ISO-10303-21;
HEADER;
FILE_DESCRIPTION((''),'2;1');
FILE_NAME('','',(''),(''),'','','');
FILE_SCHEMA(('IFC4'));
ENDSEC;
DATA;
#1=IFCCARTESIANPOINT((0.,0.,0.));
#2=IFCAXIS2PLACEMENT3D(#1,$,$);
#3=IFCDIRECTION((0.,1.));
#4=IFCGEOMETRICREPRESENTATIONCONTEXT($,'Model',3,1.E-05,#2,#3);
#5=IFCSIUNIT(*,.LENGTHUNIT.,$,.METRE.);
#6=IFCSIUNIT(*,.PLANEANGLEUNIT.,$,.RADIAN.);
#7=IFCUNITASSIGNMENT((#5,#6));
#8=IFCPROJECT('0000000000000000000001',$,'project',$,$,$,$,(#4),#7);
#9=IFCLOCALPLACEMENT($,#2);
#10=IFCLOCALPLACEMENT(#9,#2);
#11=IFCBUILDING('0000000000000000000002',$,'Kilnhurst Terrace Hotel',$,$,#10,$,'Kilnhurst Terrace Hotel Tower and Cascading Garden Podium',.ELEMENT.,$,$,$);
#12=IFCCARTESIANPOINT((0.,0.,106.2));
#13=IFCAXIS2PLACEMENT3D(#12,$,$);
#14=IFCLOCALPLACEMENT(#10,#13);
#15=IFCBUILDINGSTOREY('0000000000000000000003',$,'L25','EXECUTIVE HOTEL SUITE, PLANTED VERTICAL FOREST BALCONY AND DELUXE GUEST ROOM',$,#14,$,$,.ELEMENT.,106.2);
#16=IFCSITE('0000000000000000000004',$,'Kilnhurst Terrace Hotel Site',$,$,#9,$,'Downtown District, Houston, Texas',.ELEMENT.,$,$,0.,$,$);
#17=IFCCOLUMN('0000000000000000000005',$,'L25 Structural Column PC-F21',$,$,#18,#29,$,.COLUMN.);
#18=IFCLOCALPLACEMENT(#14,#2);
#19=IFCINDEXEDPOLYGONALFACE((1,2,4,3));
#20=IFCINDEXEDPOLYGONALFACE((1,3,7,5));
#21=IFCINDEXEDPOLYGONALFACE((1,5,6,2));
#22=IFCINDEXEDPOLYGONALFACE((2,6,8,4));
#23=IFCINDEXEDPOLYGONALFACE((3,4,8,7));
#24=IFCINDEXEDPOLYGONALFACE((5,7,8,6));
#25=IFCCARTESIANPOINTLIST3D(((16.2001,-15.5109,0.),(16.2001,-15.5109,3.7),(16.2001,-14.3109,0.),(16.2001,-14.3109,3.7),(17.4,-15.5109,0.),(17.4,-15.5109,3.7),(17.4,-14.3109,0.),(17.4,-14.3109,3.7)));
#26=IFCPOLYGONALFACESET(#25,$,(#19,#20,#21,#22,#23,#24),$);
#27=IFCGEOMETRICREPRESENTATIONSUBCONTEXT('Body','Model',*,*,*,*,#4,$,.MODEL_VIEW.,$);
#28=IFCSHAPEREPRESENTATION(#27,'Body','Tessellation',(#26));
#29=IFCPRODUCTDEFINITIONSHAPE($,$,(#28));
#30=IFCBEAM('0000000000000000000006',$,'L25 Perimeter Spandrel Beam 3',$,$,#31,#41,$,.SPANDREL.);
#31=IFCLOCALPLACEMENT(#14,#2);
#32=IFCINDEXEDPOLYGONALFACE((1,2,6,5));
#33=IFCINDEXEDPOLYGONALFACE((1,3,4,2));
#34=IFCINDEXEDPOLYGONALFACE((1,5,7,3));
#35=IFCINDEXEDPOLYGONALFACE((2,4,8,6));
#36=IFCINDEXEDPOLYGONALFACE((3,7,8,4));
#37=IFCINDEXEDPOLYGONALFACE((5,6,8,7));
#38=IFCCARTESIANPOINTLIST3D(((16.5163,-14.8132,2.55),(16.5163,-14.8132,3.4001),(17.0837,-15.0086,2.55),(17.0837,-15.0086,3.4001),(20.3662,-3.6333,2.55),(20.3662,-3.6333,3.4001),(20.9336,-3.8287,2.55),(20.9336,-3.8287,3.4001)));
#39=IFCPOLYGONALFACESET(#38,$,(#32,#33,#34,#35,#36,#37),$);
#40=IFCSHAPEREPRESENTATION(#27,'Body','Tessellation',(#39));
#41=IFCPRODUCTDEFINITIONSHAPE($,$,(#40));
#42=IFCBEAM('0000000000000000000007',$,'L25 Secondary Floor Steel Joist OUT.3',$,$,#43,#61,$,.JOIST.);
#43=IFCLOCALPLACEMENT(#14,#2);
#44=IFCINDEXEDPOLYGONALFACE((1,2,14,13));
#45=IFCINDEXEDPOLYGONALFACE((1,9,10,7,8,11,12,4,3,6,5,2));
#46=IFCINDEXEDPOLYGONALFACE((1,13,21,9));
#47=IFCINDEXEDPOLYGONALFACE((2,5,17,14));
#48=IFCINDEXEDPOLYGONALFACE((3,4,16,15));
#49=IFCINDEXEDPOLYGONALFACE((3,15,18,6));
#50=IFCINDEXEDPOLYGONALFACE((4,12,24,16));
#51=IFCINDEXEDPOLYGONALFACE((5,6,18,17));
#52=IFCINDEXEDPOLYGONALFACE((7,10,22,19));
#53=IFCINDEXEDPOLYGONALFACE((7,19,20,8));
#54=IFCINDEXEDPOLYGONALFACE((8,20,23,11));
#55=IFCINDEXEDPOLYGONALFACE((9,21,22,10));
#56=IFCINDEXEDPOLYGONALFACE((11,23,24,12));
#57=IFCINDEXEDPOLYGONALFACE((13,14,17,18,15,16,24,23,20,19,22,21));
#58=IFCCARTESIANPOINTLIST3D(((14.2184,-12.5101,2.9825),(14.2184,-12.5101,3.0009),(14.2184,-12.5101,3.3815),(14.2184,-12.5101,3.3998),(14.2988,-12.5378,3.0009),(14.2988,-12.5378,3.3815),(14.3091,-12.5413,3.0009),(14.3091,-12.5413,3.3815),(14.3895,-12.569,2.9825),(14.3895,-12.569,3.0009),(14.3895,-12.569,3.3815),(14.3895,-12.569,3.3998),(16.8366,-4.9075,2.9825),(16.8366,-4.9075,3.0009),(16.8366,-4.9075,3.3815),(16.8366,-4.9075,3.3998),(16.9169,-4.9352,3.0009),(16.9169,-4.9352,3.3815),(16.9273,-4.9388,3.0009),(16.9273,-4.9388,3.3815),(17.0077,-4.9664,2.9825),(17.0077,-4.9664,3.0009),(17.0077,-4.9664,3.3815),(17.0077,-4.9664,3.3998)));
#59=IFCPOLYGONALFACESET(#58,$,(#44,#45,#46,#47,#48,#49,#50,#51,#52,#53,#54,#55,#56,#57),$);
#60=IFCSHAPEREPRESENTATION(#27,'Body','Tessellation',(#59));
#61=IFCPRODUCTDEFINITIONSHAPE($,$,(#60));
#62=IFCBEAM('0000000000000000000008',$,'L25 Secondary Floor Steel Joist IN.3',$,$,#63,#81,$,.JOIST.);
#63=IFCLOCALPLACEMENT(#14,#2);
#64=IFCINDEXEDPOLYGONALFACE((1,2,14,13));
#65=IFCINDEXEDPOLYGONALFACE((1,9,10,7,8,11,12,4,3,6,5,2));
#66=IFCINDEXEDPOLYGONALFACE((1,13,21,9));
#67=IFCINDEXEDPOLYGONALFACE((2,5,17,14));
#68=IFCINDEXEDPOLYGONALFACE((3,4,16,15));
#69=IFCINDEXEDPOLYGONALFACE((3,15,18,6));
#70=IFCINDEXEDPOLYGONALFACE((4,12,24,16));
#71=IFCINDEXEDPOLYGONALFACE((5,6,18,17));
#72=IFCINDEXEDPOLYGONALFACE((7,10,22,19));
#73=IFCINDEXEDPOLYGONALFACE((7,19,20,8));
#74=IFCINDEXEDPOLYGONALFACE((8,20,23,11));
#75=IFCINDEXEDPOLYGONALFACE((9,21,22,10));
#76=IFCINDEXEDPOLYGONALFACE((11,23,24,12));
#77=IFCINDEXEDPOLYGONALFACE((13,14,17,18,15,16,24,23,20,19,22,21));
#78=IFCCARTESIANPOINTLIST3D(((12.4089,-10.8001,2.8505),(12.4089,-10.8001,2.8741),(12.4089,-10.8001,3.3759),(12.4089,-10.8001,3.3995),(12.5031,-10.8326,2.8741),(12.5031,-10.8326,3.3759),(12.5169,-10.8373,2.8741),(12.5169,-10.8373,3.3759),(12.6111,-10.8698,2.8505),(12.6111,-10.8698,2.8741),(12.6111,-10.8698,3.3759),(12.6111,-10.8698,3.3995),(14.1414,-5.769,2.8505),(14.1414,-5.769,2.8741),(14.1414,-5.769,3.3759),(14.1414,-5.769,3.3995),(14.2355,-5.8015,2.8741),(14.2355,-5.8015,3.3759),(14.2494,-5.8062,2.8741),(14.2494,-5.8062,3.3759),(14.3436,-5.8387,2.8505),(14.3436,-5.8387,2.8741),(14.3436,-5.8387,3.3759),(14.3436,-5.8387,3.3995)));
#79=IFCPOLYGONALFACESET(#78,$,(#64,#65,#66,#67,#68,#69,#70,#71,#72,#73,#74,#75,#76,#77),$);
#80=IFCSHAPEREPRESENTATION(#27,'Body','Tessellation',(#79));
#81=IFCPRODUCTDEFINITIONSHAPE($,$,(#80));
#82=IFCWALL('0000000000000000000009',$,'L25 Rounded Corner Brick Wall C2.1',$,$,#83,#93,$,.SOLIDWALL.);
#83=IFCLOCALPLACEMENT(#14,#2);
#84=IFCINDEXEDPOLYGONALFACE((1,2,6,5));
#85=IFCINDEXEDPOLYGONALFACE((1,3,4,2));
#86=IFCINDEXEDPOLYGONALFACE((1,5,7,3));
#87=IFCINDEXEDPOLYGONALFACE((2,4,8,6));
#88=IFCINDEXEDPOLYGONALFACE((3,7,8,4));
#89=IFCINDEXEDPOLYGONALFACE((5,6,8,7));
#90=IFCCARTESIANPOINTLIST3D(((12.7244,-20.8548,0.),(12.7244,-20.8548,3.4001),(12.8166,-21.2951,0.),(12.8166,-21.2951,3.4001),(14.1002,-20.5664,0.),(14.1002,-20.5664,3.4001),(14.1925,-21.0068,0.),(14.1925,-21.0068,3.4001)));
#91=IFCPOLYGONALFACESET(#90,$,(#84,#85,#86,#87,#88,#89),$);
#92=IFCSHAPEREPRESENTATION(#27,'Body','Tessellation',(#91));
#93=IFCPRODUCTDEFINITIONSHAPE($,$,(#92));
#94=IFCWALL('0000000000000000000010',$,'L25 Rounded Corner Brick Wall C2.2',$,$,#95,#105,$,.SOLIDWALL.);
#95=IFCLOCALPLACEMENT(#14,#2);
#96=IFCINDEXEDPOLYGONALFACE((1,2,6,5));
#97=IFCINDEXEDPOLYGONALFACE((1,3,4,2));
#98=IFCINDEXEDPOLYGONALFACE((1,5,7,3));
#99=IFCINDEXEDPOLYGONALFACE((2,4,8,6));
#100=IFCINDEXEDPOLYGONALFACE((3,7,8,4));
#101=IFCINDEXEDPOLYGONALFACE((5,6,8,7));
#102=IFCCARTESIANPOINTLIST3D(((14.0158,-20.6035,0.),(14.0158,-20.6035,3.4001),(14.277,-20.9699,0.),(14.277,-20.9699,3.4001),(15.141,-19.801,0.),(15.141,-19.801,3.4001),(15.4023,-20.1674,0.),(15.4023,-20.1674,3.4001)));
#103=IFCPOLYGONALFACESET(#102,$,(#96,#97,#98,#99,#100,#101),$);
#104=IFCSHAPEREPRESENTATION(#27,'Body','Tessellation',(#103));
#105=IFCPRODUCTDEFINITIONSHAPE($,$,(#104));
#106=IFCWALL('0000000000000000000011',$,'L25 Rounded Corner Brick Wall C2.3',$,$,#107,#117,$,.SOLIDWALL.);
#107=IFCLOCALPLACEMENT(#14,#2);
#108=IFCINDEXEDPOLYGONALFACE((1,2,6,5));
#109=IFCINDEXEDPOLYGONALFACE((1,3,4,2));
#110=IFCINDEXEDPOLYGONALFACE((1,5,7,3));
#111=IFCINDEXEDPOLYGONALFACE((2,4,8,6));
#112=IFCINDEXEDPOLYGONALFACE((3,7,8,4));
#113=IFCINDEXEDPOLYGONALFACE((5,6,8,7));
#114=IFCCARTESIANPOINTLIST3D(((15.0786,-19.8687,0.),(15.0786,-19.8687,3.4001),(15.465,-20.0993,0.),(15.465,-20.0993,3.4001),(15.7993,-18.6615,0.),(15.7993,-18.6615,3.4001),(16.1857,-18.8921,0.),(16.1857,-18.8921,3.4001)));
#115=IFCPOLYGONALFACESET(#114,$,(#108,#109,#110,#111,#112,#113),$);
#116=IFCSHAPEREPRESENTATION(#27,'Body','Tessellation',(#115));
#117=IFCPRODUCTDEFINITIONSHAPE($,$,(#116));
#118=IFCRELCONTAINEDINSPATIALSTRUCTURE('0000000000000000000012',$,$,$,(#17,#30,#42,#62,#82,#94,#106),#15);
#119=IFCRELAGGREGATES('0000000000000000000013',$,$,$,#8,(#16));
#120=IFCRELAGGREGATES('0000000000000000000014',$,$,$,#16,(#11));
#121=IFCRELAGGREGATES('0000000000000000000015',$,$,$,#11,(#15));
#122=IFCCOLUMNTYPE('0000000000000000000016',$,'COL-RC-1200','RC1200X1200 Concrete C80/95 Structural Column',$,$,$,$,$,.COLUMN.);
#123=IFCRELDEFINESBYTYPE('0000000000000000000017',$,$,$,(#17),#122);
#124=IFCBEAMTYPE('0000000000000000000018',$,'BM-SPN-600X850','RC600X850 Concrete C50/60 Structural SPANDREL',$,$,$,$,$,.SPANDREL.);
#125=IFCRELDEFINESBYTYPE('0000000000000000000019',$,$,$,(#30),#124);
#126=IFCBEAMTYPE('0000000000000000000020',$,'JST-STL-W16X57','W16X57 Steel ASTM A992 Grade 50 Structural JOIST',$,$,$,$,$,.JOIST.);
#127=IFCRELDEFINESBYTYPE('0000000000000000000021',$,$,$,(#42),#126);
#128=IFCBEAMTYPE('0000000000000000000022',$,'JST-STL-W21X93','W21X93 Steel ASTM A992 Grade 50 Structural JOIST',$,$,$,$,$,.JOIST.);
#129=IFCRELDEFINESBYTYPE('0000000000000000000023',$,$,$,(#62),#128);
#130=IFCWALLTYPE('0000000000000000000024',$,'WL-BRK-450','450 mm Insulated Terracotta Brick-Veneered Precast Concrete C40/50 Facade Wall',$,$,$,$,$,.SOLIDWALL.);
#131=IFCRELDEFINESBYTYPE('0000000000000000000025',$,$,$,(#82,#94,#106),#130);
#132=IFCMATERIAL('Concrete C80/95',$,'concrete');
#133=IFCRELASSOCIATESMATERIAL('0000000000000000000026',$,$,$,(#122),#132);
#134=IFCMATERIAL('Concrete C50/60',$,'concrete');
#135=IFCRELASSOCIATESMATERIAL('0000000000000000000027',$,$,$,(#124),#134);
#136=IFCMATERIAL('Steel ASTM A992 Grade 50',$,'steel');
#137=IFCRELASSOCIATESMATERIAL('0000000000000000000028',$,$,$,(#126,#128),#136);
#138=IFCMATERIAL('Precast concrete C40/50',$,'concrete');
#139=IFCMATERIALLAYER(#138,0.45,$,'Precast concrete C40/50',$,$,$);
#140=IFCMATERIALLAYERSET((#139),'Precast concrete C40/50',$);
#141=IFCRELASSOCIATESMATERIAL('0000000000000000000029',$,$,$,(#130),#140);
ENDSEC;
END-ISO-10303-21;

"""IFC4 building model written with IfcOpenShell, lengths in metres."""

from ifc_helpers import new_model, si_unit, direction, frame, frame_2d, origin, origin_2d, place, context, subcontext, project, spatial, rectangle, i_section, extrude, material, layer, layer_set, material_profile, profile_set, type_object, element, save


model = new_model("IFC4")

# Units and contexts
model_context = context("Model", 3, precision=1e-05, world=origin(), true_north=direction((0.0, 1.0)))
body_context = subcontext(model_context, "Body", "Model", "MODEL_VIEW")
ifc_project = project(units=[si_unit("LENGTHUNIT", "METRE"), si_unit("PLANEANGLEUNIT", "RADIAN")], contexts=[model_context])

# Site, building, storey
site_placement = place(None, origin())
site = spatial("IfcSite", under=ifc_project, at=site_placement, Name="Kilnhurst Terrace Hotel Site", LongName="Downtown District, Houston, Texas", CompositionType="ELEMENT", RefElevation=0.0)
building_placement = place(site_placement, origin())
building = spatial("IfcBuilding", under=site, at=building_placement, Name="Kilnhurst Terrace Hotel", LongName="Kilnhurst Terrace Hotel Tower and Cascading Garden Podium", CompositionType="ELEMENT")
storey_placement = place(building_placement, frame((0.0, 0.0, 106.2)))
storey = spatial("IfcBuildingStorey", under=building, at=storey_placement, Name="L25", Description="EXECUTIVE HOTEL SUITE, PLANTED VERTICAL FOREST BALCONY AND DELUXE GUEST ROOM", CompositionType="ELEMENT", Elevation=106.2)

# Column
ifc_material_1 = material(Name="Concrete C80/95", Category="concrete")
ifc_material_profile_1 = material_profile(ifc_material_1, rectangle(XDim=1.2, YDim=1.2, at=origin_2d()), Name="RC1200X1200")
ifc_profile_set_1 = profile_set([ifc_material_profile_1], Name="Concrete C80/95")
column_type = type_object("IfcColumnType", Name="COL-RC-1200", Description="RC1200X1200 Concrete C80/95 Structural Column", PredefinedType="COLUMN", material=ifc_profile_set_1)
column_placement = place(storey_placement, frame((16.8, -14.9109, 0.0), z_axis=(0.0, 0.0, 1.0), x_axis=(1.0, 0.0, 0.0)))
element("IfcColumn", 1, at=column_placement, inside=storey, type_object=column_type, Name="L25 Structural Column PC-F21", PredefinedType="COLUMN", context=body_context, shape_type="SweptSolid", body=[
    extrude(rectangle(XDim=1.2, YDim=1.2, at=origin_2d()), origin(), (0.0, 0.0, 1.0), 3.7),
])

# Beams
ifc_material_2 = material(Name="Concrete C50/60", Category="concrete")
ifc_material_profile_2 = material_profile(ifc_material_2, rectangle(XDim=0.6001, YDim=0.8501, at=origin_2d()), Name="RC600X850")
ifc_profile_set_2 = profile_set([ifc_material_profile_2], Name="Concrete C50/60")
beam_type_1 = type_object("IfcBeamType", Name="BM-SPN-600X850", Description="RC600X850 Concrete C50/60 Structural SPANDREL", PredefinedType="SPANDREL", material=ifc_profile_set_2)
beam_1_placement = place(storey_placement, frame((16.8, -14.9109, 2.9751), z_axis=(0.32559, 0.945511, 0.0), x_axis=(-0.945511, 0.32559, 0.0)))
element("IfcBeam", 2, at=beam_1_placement, inside=storey, type_object=beam_type_1, Name="L25 Perimeter Spandrel Beam 3", PredefinedType="SPANDREL", context=body_context, shape_type="SweptSolid", body=[
    extrude(rectangle(XDim=0.6001, YDim=0.8501, at=origin_2d()), origin(), (0.0, 0.0, 1.0), 11.8242),
])
ifc_material_3 = material(Name="Steel ASTM A992 Grade 50", Category="steel")
ifc_material_profile_3 = material_profile(ifc_material_3, i_section(OverallWidth=0.1809, OverallDepth=0.4172, WebThickness=0.011, FlangeThickness=0.0183, at=origin_2d()), Name="W16X57")
ifc_profile_set_3 = profile_set([ifc_material_profile_3], Name="Steel ASTM A992 Grade 50")
beam_type_2 = type_object("IfcBeamType", Name="JST-STL-W16X57", Description="W16X57 Steel ASTM A992 Grade 50 Structural JOIST", PredefinedType="JOIST", material=ifc_profile_set_3)
beam_2_placement = place(storey_placement, frame((14.304, -12.5396, 3.1912), z_axis=(0.325613, 0.945503, 0.0), x_axis=(-0.945503, 0.325613, 0.0)))
element("IfcBeam", 3, at=beam_2_placement, inside=storey, type_object=beam_type_2, Name="L25 Secondary Floor Steel Joist OUT.3", PredefinedType="JOIST", context=body_context, shape_type="SweptSolid", body=[
    extrude(i_section(OverallWidth=0.1809, OverallDepth=0.4172, WebThickness=0.011, FlangeThickness=0.0183, at=origin_2d()), origin(), (0.0, 0.0, 1.0), 8.0408),
])
ifc_material_profile_4 = material_profile(ifc_material_3, i_section(OverallWidth=0.2139, OverallDepth=0.5491, WebThickness=0.0146, FlangeThickness=0.0237, at=origin_2d()), Name="W21X93")
ifc_profile_set_4 = profile_set([ifc_material_profile_4], Name="Steel ASTM A992 Grade 50")
beam_type_3 = type_object("IfcBeamType", Name="JST-STL-W21X93", Description="W21X93 Steel ASTM A992 Grade 50 Structural JOIST", PredefinedType="JOIST", material=ifc_profile_set_4)
beam_3_placement = place(storey_placement, frame((12.51, -10.835, 3.125), z_axis=(0.325586, 0.945512, 0.0), x_axis=(-0.945512, 0.325586, 0.0)))
element("IfcBeam", 4, at=beam_3_placement, inside=storey, type_object=beam_type_3, Name="L25 Secondary Floor Steel Joist IN.3", PredefinedType="JOIST", context=body_context, shape_type="SweptSolid", body=[
    extrude(i_section(OverallWidth=0.2139, OverallDepth=0.5491, WebThickness=0.0146, FlangeThickness=0.0237, at=origin_2d()), origin(), (0.0, 0.0, 1.0), 5.321),
])

# Walls
ifc_material_4 = material(Name="Precast concrete C40/50", Category="concrete")
ifc_layer_1 = layer(ifc_material_4, 0.45, Name="Precast concrete C40/50")
ifc_layer_set_1 = layer_set([ifc_layer_1], Name="Precast concrete C40/50")
wall_type_1 = type_object("IfcWallType", Name="WL-BRK-450", Description="450 mm Insulated Terracotta Brick-Veneered Precast Concrete C40/50 Facade Wall", PredefinedType="SOLIDWALL", material=ifc_layer_set_1)
wall_1_placement = place(storey_placement, frame((12.7705, -21.075, 0.0), z_axis=(0.0, 0.0, 1.0), x_axis=(0.978743, 0.205091, 0.0)))
element("IfcWall", 5, at=wall_1_placement, inside=storey, type_object=wall_type_1, Name="L25 Rounded Corner Brick Wall C2.1", PredefinedType="SOLIDWALL", context=body_context, shape_type="SweptSolid", body=[
    extrude(rectangle(XDim=1.4058, YDim=0.45, at=frame_2d((0.7029, 0.0))), origin(), (0.0, 0.0, 1.0), 3.4001),
])
wall_2_placement = place(storey_placement, frame((14.1465, -20.7866, 0.0), z_axis=(0.0, 0.0, 1.0), x_axis=(0.814163, 0.580636, 0.0)))
element("IfcWall", 6, at=wall_2_placement, inside=storey, type_object=wall_type_1, Name="L25 Rounded Corner Brick Wall C2.2", PredefinedType="SOLIDWALL", context=body_context, shape_type="SweptSolid", body=[
    extrude(rectangle(XDim=1.3821, YDim=0.45, at=frame_2d((0.6909, 0.0))), origin(), (0.0, 0.0, 1.0), 3.4001),
])
wall_3_placement = place(storey_placement, frame((15.2717, -19.9841, 0.0), z_axis=(0.0, 0.0, 1.0), x_axis=(0.512579, 0.85864, 0.0)))
element("IfcWall", 7, at=wall_3_placement, inside=storey, type_object=wall_type_1, Name="L25 Rounded Corner Brick Wall C2.3", PredefinedType="SOLIDWALL", context=body_context, shape_type="SweptSolid", body=[
    extrude(rectangle(XDim=1.406, YDim=0.45, at=frame_2d((0.7031, 0.0))), origin(), (0.0, 0.0, 1.0), 3.4001),
])

save(model, "model.ifc")
